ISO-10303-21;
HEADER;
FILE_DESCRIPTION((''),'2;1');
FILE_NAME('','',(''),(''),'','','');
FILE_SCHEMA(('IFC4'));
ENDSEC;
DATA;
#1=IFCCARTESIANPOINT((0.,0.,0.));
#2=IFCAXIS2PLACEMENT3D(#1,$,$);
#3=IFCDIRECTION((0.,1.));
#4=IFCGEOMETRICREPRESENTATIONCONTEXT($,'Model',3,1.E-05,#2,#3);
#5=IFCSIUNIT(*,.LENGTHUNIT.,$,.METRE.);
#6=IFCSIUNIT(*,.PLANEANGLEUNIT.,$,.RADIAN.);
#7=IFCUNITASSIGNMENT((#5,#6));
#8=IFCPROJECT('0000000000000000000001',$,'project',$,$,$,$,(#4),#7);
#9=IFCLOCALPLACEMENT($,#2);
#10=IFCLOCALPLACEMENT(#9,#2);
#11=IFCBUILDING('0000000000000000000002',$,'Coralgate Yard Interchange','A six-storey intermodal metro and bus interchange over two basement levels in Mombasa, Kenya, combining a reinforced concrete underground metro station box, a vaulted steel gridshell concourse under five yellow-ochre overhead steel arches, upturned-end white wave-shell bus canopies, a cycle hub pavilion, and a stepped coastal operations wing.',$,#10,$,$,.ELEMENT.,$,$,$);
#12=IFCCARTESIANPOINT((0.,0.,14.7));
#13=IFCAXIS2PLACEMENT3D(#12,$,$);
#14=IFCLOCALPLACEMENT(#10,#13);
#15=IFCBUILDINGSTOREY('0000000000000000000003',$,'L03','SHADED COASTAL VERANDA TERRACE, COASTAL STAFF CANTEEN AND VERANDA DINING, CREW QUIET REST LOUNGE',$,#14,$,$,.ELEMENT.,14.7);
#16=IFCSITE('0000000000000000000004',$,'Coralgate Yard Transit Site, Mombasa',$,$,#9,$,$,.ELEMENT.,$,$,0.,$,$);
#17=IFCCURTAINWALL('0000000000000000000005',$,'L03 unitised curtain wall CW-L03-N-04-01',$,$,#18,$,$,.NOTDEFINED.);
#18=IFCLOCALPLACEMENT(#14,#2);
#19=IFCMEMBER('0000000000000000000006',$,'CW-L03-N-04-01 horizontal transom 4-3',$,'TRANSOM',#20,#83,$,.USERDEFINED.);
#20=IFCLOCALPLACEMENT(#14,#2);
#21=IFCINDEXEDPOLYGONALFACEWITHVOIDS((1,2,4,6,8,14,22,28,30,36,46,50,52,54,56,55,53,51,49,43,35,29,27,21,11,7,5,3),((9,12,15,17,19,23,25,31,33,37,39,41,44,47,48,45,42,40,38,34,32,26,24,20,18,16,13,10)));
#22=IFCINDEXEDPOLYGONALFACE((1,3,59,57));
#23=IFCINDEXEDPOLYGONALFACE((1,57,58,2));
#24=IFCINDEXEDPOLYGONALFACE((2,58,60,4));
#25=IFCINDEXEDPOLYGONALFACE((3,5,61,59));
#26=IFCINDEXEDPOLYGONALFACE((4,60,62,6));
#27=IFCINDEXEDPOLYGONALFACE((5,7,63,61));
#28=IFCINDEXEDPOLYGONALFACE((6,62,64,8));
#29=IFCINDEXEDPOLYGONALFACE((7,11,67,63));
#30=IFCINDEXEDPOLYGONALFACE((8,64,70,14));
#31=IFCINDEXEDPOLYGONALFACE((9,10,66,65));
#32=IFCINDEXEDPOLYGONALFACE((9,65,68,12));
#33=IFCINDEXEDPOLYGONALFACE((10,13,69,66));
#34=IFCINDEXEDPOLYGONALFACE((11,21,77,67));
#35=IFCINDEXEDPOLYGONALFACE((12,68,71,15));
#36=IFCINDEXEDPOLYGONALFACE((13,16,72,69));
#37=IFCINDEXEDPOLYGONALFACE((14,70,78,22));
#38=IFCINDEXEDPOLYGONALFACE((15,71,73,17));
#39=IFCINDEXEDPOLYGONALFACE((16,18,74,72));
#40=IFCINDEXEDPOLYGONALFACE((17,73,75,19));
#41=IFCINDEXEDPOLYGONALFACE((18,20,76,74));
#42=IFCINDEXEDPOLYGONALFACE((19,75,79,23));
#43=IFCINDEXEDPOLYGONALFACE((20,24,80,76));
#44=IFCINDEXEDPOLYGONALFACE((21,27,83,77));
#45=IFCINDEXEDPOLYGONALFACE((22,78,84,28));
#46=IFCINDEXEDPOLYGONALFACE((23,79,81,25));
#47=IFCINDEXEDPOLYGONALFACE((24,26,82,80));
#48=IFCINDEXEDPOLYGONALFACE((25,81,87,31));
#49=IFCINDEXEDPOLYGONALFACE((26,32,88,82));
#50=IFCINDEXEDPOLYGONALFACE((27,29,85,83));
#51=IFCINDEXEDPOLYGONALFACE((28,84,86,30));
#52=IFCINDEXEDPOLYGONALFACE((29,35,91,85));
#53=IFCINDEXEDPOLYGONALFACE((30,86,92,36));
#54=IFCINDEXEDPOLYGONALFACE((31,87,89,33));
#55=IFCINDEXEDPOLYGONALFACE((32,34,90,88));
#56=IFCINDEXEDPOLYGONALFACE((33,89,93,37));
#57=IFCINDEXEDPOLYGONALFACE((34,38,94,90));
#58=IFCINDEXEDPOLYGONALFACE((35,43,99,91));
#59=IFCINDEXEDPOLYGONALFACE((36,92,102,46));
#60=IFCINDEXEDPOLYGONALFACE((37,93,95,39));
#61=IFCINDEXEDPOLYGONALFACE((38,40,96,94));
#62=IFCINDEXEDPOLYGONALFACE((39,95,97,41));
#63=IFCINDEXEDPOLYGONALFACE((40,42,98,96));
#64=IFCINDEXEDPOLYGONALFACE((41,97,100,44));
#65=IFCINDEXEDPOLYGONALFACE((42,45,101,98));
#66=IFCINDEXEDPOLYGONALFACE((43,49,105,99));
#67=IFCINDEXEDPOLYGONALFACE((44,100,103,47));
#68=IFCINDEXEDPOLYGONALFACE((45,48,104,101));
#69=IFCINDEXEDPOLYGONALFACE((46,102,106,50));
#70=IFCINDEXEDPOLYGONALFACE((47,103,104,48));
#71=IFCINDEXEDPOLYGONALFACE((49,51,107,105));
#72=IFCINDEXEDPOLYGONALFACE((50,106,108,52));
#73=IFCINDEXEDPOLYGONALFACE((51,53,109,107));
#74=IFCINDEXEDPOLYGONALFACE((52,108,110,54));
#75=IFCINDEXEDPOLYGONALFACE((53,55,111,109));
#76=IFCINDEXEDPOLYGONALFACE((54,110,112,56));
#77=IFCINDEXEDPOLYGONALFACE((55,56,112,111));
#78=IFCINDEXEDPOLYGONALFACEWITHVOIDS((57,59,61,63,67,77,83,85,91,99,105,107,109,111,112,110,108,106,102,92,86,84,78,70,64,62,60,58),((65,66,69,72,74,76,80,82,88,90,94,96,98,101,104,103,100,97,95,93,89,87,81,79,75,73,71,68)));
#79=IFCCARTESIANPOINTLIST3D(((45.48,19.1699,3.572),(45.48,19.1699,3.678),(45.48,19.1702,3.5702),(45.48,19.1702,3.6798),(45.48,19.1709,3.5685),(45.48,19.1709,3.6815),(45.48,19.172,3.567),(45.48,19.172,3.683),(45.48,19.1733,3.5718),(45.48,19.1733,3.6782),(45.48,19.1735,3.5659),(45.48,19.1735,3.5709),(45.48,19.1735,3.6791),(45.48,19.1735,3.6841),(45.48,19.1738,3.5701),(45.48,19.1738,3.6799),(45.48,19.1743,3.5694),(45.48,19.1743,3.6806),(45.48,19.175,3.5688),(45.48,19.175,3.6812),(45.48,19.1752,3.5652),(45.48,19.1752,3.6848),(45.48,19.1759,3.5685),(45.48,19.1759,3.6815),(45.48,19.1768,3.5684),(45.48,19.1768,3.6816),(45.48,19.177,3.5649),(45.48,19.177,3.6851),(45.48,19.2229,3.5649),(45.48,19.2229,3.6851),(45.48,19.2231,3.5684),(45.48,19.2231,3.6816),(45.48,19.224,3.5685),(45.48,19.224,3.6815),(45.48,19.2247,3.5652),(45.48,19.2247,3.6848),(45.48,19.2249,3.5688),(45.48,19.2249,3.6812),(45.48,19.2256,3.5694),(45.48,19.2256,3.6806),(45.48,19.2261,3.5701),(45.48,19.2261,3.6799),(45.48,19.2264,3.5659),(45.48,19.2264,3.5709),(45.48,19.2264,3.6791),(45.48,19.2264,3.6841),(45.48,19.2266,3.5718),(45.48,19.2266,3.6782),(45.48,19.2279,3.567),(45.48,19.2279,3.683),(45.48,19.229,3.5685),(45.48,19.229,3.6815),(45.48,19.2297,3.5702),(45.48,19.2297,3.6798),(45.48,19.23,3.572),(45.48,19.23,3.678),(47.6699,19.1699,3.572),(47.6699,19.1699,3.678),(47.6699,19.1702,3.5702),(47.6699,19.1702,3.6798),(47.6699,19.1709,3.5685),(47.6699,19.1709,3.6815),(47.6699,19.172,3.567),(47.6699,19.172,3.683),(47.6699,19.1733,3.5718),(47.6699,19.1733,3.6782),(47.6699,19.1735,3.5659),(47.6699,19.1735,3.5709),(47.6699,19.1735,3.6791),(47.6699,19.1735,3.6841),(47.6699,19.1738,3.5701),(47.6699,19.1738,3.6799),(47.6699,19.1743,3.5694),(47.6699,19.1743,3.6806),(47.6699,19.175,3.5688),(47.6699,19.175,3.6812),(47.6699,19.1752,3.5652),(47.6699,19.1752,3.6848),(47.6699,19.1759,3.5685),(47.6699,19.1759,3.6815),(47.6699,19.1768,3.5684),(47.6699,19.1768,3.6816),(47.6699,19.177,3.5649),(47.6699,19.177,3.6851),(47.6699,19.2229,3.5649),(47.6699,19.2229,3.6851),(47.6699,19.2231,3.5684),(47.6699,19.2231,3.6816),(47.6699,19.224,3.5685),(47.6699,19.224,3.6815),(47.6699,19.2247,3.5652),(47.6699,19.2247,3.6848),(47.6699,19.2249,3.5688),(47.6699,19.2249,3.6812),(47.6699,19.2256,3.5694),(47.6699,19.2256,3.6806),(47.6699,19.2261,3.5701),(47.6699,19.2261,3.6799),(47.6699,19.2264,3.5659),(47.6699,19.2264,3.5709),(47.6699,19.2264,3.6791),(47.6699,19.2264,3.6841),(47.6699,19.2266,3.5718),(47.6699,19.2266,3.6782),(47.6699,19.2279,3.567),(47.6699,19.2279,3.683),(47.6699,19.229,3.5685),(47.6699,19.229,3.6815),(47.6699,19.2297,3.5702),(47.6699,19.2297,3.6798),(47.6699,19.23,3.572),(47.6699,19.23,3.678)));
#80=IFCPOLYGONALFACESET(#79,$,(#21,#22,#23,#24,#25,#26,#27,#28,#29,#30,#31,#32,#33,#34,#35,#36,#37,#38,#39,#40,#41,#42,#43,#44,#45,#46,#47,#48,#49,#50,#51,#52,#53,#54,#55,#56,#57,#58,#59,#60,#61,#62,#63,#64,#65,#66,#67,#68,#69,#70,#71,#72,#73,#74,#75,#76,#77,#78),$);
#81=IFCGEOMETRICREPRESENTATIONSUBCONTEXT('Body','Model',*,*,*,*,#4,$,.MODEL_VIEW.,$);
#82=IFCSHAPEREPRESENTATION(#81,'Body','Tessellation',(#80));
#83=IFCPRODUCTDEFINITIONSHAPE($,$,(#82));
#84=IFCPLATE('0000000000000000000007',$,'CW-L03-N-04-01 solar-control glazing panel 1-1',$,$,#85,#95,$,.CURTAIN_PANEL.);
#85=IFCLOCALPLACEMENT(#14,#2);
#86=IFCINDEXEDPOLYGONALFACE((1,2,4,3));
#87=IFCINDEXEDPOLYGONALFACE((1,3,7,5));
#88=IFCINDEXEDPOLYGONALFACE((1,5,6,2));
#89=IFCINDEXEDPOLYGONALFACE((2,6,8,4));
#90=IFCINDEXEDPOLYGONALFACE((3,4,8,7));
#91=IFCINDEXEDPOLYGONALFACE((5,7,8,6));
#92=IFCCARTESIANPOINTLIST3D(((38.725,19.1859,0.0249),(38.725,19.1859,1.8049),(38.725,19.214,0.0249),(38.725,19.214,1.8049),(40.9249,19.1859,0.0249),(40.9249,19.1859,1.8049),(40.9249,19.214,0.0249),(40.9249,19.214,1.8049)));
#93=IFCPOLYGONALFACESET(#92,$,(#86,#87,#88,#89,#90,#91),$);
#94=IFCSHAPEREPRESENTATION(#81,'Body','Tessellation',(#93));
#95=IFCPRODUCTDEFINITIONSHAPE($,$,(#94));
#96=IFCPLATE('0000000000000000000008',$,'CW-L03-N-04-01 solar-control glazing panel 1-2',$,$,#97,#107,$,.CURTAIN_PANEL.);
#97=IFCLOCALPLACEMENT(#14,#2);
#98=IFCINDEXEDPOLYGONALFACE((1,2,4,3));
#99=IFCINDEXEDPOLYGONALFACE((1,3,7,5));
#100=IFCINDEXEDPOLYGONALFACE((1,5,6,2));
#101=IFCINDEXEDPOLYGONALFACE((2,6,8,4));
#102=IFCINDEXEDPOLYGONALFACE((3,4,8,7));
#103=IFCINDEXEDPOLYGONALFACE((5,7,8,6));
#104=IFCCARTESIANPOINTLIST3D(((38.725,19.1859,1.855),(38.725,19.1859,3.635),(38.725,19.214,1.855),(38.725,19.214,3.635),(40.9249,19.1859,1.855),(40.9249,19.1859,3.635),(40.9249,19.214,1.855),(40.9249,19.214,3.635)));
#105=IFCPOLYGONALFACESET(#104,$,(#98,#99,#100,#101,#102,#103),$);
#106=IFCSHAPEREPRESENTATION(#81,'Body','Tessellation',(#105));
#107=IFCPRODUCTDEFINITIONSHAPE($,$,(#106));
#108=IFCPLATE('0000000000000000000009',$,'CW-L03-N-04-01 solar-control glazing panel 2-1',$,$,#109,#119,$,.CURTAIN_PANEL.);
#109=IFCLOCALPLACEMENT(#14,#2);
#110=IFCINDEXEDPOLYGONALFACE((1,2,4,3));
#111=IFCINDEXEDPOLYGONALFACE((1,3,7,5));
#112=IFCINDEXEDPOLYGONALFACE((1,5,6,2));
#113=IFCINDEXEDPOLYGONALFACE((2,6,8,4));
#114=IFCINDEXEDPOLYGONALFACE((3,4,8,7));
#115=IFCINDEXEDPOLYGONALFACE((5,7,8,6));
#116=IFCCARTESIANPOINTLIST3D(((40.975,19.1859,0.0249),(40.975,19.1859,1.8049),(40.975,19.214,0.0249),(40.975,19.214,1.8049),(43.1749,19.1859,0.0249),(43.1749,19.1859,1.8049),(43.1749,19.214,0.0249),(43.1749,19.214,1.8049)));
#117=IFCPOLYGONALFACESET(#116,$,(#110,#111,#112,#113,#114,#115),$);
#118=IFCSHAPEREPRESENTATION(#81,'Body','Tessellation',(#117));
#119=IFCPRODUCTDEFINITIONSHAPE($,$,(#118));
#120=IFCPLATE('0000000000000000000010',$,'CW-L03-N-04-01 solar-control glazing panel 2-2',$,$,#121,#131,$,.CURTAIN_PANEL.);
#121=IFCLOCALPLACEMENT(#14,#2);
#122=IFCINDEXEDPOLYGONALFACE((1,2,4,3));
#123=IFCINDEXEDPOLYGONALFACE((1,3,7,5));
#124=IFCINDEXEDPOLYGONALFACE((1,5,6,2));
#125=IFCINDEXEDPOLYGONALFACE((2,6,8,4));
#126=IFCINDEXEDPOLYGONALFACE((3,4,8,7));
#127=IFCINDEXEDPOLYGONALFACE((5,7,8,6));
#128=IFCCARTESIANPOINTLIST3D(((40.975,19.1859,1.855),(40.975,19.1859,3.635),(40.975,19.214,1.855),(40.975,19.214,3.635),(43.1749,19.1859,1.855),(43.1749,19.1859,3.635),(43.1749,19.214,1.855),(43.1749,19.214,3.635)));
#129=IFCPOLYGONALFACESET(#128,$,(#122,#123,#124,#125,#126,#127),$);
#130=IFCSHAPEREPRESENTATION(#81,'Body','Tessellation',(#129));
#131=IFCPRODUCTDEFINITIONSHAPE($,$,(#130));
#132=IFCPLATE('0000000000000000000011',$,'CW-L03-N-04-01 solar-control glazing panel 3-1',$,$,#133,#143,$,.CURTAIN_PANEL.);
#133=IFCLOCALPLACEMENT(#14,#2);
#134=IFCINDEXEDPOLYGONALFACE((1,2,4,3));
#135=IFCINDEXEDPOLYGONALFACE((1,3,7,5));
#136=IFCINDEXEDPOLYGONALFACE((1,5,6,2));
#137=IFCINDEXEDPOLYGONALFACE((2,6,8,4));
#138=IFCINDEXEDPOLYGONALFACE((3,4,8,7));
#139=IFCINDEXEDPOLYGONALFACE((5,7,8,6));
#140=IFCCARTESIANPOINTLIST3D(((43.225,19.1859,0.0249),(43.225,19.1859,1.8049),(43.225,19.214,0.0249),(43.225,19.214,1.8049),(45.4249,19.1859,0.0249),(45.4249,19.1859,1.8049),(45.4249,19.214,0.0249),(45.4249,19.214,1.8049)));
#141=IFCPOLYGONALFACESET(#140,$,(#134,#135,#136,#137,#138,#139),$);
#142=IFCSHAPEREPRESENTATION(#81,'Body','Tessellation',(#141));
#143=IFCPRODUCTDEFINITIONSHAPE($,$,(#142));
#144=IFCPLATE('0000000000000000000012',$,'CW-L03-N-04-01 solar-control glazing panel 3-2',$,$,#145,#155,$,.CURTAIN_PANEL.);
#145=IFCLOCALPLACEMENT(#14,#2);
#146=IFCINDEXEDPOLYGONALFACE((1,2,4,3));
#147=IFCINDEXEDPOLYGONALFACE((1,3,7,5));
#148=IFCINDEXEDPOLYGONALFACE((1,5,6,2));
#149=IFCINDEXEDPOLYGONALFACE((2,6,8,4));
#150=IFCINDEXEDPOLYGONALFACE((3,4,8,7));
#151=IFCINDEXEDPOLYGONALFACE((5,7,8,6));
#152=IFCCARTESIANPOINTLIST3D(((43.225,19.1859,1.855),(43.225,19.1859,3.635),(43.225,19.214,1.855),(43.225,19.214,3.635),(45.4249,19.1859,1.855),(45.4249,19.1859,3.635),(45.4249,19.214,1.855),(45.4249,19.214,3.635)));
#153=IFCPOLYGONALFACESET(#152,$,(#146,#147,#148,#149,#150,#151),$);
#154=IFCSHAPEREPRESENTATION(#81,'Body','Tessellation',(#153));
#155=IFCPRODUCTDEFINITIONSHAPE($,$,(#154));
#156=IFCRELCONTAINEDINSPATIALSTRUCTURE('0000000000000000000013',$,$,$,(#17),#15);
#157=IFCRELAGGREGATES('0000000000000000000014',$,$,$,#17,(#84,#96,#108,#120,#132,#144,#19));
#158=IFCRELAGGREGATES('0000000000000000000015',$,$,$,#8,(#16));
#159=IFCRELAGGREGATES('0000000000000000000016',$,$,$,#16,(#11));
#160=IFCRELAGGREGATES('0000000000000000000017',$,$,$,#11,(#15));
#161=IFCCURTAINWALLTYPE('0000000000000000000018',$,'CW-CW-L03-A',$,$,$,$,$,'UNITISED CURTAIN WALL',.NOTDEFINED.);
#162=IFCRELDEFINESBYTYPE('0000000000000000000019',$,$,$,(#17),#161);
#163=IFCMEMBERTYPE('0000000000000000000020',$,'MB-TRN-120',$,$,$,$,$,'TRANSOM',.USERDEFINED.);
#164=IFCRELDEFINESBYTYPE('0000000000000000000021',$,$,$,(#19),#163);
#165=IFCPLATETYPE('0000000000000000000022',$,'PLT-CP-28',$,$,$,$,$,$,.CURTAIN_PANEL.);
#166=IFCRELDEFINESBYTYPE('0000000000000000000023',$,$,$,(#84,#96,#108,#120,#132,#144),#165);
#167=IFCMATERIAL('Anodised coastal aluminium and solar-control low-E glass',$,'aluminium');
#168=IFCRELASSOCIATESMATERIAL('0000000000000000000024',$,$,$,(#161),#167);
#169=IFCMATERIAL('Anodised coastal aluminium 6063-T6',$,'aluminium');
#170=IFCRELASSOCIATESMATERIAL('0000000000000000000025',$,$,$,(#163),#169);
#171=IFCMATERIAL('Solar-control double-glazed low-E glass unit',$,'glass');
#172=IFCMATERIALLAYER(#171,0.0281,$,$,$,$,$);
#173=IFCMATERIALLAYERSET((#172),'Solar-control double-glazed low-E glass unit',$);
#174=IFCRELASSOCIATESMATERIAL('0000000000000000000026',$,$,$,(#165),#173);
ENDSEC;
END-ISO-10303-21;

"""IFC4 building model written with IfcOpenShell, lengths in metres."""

from ifc_helpers import new_model, si_unit, direction, frame, origin, origin_2d, place, context, subcontext, project, spatial, rectangle, hollow_rectangle, extrude, material, layer, layer_set, material_profile, profile_set, type_object, element, aggregate, save


model = new_model("IFC4")

# Units and contexts
model_context = context("Model", 3, precision=1e-05, world=origin(), true_north=direction((0.0, 1.0)))
body_context = subcontext(model_context, "Body", "Model", "MODEL_VIEW")
ifc_project = project(units=[si_unit("LENGTHUNIT", "METRE"), si_unit("PLANEANGLEUNIT", "RADIAN")], contexts=[model_context])

# Site, building, storey
site_placement = place(None, origin())
site = spatial("IfcSite", under=ifc_project, at=site_placement, Name="Coralgate Yard Transit Site, Mombasa", CompositionType="ELEMENT", RefElevation=0.0)
building_placement = place(site_placement, origin())
building = spatial("IfcBuilding", under=site, at=building_placement, Name="Coralgate Yard Interchange", Description="A six-storey intermodal metro and bus interchange over two basement levels in Mombasa, Kenya, combining a reinforced concrete underground metro station box, a vaulted steel gridshell concourse under five yellow-ochre overhead steel arches, upturned-end white wave-shell bus canopies, a cycle hub pavilion, and a stepped coastal operations wing.", CompositionType="ELEMENT")
storey_placement = place(building_placement, frame((0.0, 0.0, 14.7)))
storey = spatial("IfcBuildingStorey", under=building, at=storey_placement, Name="L03", Description="SHADED COASTAL VERANDA TERRACE, COASTAL STAFF CANTEEN AND VERANDA DINING, CREW QUIET REST LOUNGE", CompositionType="ELEMENT", Elevation=14.7)

# Curtain wall, member, plates
ifc_material_1 = material(Name="Anodised coastal aluminium and solar-control low-E glass", Category="aluminium")
curtain_wall_type = type_object("IfcCurtainWallType", Name="CW-CW-L03-A", ElementType="UNITISED CURTAIN WALL", PredefinedType="NOTDEFINED", material=ifc_material_1)
curtain_wall_placement = place(storey_placement, origin())
curtain_wall = element("IfcCurtainWall", 1, at=curtain_wall_placement, inside=storey, type_object=curtain_wall_type, Name="L03 unitised curtain wall CW-L03-N-04-01", PredefinedType="NOTDEFINED")
ifc_material_2 = material(Name="Anodised coastal aluminium 6063-T6", Category="aluminium")
ifc_material_profile_1 = material_profile(ifc_material_2, hollow_rectangle(XDim=0.0601, YDim=0.1201, WallThickness=0.0034, InnerFilletRadius=0.0034, OuterFilletRadius=0.0071, at=origin_2d()), Name="ALU 60x120x3.5")
ifc_profile_set_1 = profile_set([ifc_material_profile_1], Name="Anodised coastal aluminium 6063-T6")
member_type_1 = type_object("IfcMemberType", Name="MB-TRN-120", ElementType="TRANSOM", PredefinedType="USERDEFINED", material=ifc_profile_set_1)
member_1_placement = place(storey_placement, frame((45.48, 19.2, 3.625), z_axis=(1.0, 0.0, 0.0), x_axis=(0.0, 1.0, 0.0)))
member_1 = element("IfcMember", 2, at=member_1_placement, type_object=member_type_1, Name="CW-L03-N-04-01 horizontal transom 4-3", ObjectType="TRANSOM", PredefinedType="USERDEFINED", context=body_context, shape_type="SweptSolid", body=[
    extrude(hollow_rectangle(XDim=0.0601, YDim=0.1201, WallThickness=0.0034, InnerFilletRadius=0.0034, OuterFilletRadius=0.0071, at=origin_2d()), origin(), (0.0, 0.0, 1.0), 2.1899),
])
ifc_material_3 = material(Name="Solar-control double-glazed low-E glass unit", Category="glass")
ifc_layer = layer(ifc_material_3, 0.0281)
ifc_layer_set = layer_set([ifc_layer], Name="Solar-control double-glazed low-E glass unit")
plate_type = type_object("IfcPlateType", Name="PLT-CP-28", PredefinedType="CURTAIN_PANEL", material=ifc_layer_set)
plate_1_placement = place(storey_placement, frame((39.825, 19.2, 0.0249), z_axis=(0.0, 0.0, 1.0), x_axis=(1.0, 0.0, 0.0)))
plate_1 = element("IfcPlate", 3, at=plate_1_placement, type_object=plate_type, Name="CW-L03-N-04-01 solar-control glazing panel 1-1", PredefinedType="CURTAIN_PANEL", context=body_context, shape_type="SweptSolid", body=[
    extrude(rectangle(XDim=2.2, YDim=0.0281, at=origin_2d()), origin(), (0.0, 0.0, 1.0), 1.78),
])
plate_2_placement = place(storey_placement, frame((39.825, 19.2, 1.855), z_axis=(0.0, 0.0, 1.0), x_axis=(1.0, 0.0, 0.0)))
plate_2 = element("IfcPlate", 4, at=plate_2_placement, type_object=plate_type, Name="CW-L03-N-04-01 solar-control glazing panel 1-2", PredefinedType="CURTAIN_PANEL", context=body_context, shape_type="SweptSolid", body=[
    extrude(rectangle(XDim=2.2, YDim=0.0281, at=origin_2d()), origin(), (0.0, 0.0, 1.0), 1.78),
])
plate_3_placement = place(storey_placement, frame((42.075, 19.2, 0.0249), z_axis=(0.0, 0.0, 1.0), x_axis=(1.0, 0.0, 0.0)))
plate_3 = element("IfcPlate", 5, at=plate_3_placement, type_object=plate_type, Name="CW-L03-N-04-01 solar-control glazing panel 2-1", PredefinedType="CURTAIN_PANEL", context=body_context, shape_type="SweptSolid", body=[
    extrude(rectangle(XDim=2.2, YDim=0.0281, at=origin_2d()), origin(), (0.0, 0.0, 1.0), 1.78),
])
plate_4_placement = place(storey_placement, frame((42.075, 19.2, 1.855), z_axis=(0.0, 0.0, 1.0), x_axis=(1.0, 0.0, 0.0)))
plate_4 = element("IfcPlate", 6, at=plate_4_placement, type_object=plate_type, Name="CW-L03-N-04-01 solar-control glazing panel 2-2", PredefinedType="CURTAIN_PANEL", context=body_context, shape_type="SweptSolid", body=[
    extrude(rectangle(XDim=2.2, YDim=0.0281, at=origin_2d()), origin(), (0.0, 0.0, 1.0), 1.78),
])
plate_5_placement = place(storey_placement, frame((44.325, 19.2, 0.0249), z_axis=(0.0, 0.0, 1.0), x_axis=(1.0, 0.0, 0.0)))
plate_5 = element("IfcPlate", 7, at=plate_5_placement, type_object=plate_type, Name="CW-L03-N-04-01 solar-control glazing panel 3-1", PredefinedType="CURTAIN_PANEL", context=body_context, shape_type="SweptSolid", body=[
    extrude(rectangle(XDim=2.2, YDim=0.0281, at=origin_2d()), origin(), (0.0, 0.0, 1.0), 1.78),
])
plate_6_placement = place(storey_placement, frame((44.325, 19.2, 1.855), z_axis=(0.0, 0.0, 1.0), x_axis=(1.0, 0.0, 0.0)))
plate_6 = element("IfcPlate", 8, at=plate_6_placement, type_object=plate_type, Name="CW-L03-N-04-01 solar-control glazing panel 3-2", PredefinedType="CURTAIN_PANEL", context=body_context, shape_type="SweptSolid", body=[
    extrude(rectangle(XDim=2.2, YDim=0.0281, at=origin_2d()), origin(), (0.0, 0.0, 1.0), 1.78),
])
aggregate(curtain_wall, [plate_1, plate_2, plate_3, plate_4, plate_5, plate_6, member_1])

save(model, "model.ifc")
